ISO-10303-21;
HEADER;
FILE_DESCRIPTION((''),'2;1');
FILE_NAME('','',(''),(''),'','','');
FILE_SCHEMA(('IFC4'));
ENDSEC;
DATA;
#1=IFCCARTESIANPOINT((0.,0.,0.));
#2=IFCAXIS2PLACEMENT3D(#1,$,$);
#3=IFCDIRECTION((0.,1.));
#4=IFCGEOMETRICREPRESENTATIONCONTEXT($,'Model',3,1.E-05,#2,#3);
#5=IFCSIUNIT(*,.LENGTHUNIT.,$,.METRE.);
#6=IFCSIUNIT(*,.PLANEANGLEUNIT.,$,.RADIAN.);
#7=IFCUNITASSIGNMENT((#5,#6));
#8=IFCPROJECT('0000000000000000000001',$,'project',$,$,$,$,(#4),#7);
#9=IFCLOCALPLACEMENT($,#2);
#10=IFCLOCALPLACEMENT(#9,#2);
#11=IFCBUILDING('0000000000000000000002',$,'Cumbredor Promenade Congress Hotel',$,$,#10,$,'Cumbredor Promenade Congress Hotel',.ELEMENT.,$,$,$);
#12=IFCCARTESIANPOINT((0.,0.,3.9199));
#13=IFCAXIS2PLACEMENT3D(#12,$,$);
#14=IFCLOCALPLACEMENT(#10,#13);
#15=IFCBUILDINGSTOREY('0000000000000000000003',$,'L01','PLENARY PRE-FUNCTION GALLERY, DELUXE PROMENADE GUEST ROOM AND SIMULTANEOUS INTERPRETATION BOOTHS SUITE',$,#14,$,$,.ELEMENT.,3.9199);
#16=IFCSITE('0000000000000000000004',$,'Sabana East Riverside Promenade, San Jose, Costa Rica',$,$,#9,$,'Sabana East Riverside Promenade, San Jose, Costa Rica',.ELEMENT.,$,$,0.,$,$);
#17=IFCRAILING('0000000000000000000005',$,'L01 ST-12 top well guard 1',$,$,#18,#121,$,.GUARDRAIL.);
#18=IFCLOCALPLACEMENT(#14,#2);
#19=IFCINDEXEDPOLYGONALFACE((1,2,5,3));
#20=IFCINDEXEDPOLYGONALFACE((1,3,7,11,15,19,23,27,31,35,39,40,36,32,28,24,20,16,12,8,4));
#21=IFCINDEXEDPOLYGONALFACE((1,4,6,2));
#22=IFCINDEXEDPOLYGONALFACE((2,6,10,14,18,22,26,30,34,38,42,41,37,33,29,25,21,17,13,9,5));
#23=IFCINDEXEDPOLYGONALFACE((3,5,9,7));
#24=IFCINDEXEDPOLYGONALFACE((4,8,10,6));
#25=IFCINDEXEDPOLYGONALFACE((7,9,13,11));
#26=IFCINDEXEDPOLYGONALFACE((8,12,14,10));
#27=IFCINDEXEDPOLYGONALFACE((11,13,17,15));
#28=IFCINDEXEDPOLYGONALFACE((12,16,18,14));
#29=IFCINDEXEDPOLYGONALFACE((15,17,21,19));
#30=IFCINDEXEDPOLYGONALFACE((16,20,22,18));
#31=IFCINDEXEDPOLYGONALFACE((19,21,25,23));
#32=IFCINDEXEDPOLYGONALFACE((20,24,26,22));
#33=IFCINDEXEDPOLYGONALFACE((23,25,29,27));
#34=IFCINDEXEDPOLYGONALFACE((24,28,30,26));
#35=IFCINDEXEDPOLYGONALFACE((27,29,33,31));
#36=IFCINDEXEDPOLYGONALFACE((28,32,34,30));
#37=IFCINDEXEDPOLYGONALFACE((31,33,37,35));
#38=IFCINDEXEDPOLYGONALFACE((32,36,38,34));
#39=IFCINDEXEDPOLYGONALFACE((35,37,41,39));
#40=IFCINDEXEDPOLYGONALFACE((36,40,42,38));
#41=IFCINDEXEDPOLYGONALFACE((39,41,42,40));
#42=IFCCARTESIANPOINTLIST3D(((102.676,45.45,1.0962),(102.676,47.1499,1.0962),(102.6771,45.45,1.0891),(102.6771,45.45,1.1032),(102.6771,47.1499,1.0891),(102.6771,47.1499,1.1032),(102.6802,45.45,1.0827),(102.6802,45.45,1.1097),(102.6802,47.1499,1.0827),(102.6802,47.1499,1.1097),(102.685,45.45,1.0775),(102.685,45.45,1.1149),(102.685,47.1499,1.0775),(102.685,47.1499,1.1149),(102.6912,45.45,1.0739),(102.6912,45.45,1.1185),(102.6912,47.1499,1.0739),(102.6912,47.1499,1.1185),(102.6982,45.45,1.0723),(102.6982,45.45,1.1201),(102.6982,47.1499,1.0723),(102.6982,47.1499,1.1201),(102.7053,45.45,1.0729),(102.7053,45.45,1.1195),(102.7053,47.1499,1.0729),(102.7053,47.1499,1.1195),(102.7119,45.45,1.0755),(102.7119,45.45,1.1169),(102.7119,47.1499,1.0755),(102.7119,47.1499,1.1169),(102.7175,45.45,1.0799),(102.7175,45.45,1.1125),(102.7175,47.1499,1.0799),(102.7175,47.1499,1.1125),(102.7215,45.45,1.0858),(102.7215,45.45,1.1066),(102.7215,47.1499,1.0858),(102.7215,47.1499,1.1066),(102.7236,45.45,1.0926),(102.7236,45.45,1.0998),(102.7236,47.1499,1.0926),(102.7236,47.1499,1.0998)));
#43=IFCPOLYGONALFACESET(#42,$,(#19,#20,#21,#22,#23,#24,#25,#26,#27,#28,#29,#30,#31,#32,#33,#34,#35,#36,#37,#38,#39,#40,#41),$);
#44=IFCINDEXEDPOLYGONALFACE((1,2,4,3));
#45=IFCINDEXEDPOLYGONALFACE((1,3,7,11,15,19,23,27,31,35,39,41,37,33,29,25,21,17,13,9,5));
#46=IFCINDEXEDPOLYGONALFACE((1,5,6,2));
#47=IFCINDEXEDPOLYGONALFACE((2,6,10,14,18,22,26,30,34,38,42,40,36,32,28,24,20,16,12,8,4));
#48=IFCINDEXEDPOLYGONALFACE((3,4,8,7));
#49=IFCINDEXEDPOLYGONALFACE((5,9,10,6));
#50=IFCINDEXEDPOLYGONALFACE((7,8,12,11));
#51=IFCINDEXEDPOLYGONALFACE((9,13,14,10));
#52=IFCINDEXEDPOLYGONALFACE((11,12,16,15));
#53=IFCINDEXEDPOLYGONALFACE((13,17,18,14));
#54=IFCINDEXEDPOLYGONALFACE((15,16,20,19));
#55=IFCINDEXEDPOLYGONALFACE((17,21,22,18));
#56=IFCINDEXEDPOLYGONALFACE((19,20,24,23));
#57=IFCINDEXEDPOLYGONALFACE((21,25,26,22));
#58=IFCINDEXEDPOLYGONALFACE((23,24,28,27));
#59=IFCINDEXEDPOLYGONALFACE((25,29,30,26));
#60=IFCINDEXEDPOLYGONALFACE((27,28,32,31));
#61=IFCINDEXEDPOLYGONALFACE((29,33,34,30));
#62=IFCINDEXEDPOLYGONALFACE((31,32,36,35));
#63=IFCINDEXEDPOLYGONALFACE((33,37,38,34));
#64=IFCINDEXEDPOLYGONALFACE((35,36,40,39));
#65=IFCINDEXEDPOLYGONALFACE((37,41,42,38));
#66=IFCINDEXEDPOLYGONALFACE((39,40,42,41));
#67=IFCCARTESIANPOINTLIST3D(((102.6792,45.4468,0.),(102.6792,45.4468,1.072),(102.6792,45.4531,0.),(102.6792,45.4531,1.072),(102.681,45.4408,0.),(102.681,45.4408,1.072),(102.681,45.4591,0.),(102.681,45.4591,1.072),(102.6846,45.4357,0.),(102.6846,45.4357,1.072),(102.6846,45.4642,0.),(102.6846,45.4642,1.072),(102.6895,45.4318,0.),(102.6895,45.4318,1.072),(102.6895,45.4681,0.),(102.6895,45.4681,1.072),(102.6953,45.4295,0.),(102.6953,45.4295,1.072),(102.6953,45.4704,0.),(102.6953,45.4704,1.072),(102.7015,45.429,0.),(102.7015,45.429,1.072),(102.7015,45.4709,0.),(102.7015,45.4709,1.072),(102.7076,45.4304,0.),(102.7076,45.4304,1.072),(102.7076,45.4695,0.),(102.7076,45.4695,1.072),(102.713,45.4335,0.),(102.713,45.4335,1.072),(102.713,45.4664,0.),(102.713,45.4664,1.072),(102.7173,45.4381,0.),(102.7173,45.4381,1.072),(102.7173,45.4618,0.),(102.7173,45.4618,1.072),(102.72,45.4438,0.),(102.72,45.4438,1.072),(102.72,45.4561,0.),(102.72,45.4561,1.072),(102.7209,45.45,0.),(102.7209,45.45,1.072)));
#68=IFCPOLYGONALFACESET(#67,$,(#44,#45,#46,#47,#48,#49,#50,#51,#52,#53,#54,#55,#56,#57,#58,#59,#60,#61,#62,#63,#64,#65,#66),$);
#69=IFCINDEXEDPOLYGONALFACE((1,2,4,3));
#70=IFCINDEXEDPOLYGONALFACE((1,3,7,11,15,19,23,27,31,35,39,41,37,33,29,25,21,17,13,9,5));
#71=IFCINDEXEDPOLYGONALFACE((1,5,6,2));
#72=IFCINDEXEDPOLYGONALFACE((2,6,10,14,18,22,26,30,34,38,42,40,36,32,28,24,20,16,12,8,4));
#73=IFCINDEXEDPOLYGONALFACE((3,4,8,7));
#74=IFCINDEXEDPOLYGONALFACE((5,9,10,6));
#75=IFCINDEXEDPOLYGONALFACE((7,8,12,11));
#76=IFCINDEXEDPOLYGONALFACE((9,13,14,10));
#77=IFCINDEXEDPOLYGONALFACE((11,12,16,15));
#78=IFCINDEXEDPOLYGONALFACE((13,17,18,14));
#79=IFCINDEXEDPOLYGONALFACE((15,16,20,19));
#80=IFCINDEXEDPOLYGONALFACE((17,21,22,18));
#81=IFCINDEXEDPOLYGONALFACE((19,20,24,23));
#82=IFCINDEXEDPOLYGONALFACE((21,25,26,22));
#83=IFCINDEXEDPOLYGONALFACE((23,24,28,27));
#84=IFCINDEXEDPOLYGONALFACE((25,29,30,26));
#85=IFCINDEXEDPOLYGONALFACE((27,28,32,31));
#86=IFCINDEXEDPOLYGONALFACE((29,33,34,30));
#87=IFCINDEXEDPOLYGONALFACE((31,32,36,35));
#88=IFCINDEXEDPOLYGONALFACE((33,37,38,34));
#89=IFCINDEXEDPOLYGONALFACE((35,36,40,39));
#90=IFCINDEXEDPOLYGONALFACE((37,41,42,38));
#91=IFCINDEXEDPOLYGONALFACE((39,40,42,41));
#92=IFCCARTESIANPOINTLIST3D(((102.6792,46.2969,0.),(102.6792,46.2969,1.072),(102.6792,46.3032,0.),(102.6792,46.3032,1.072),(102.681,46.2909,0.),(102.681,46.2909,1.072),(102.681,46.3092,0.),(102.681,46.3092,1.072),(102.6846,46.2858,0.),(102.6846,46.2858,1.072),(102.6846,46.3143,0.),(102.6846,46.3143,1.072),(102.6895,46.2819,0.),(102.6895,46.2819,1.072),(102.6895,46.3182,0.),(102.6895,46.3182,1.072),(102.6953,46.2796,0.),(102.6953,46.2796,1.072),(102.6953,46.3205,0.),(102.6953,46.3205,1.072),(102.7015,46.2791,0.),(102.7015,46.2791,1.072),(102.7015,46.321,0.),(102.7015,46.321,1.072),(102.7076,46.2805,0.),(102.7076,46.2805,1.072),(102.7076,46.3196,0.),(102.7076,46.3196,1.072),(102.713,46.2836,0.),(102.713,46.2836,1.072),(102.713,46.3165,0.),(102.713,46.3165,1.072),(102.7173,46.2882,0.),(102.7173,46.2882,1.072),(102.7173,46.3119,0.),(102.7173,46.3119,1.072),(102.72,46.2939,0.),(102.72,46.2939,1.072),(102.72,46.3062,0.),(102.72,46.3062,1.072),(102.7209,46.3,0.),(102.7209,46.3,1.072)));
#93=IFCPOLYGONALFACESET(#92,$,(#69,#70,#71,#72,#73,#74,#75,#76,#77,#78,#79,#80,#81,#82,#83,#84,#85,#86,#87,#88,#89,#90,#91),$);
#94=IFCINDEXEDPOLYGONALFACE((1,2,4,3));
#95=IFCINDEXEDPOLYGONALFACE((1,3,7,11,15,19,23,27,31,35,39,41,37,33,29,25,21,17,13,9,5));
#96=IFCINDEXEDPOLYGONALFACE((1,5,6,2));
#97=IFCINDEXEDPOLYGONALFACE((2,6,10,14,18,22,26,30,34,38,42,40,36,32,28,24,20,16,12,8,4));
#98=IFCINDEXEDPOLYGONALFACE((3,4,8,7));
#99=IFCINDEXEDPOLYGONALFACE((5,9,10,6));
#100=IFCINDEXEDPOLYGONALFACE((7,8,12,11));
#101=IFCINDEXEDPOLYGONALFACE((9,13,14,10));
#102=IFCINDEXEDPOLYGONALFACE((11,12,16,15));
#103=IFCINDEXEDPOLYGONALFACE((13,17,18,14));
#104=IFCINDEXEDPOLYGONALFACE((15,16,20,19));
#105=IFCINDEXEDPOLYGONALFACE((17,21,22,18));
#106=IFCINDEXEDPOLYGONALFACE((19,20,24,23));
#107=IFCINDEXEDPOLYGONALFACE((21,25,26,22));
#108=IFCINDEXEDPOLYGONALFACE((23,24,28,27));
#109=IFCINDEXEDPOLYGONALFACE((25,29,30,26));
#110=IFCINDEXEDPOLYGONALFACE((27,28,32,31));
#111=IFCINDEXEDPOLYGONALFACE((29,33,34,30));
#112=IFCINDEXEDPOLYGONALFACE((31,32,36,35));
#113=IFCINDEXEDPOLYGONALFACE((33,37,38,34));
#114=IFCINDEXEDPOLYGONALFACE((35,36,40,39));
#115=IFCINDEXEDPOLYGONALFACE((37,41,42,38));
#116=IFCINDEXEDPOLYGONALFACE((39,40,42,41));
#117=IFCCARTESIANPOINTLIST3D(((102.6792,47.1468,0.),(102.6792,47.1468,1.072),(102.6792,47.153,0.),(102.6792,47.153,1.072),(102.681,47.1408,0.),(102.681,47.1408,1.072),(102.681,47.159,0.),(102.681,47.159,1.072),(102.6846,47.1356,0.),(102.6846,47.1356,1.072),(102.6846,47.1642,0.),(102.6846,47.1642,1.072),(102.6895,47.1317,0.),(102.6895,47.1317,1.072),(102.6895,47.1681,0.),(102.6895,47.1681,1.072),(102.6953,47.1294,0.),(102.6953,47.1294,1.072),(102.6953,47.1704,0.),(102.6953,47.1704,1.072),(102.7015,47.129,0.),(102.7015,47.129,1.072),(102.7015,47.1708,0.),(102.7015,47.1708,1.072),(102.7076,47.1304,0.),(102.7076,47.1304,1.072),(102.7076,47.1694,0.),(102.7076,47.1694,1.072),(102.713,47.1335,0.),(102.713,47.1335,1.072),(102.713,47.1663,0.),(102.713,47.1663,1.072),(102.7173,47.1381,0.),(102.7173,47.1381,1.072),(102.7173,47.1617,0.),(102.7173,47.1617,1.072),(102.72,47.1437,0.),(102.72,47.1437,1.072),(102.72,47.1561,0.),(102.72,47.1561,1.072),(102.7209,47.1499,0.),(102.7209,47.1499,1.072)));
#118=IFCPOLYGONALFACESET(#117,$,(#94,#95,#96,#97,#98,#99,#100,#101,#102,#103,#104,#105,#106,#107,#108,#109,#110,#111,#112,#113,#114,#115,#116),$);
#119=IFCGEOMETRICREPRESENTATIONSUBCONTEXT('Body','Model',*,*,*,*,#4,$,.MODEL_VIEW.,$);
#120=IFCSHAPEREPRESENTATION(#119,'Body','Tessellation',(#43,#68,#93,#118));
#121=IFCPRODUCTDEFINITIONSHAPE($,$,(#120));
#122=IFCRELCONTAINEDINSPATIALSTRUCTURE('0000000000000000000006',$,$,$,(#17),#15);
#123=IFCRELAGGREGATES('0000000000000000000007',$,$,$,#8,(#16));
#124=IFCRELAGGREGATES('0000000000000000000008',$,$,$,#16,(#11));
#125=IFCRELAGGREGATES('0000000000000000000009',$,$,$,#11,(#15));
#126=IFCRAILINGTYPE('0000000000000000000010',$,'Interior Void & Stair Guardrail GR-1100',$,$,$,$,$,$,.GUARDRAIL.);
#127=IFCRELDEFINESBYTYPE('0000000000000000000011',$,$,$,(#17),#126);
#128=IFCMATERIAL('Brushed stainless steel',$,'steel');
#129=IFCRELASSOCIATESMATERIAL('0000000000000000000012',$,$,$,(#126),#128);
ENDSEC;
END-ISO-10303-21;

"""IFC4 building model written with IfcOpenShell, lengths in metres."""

from ifc_helpers import new_model, si_unit, direction, frame, origin, origin_2d, place, context, subcontext, project, spatial, circle, extrude, material, type_object, element, save


model = new_model("IFC4")

# Units and contexts
model_context = context("Model", 3, precision=1e-05, world=origin(), true_north=direction((0.0, 1.0)))
body_context = subcontext(model_context, "Body", "Model", "MODEL_VIEW")
ifc_project = project(units=[si_unit("LENGTHUNIT", "METRE"), si_unit("PLANEANGLEUNIT", "RADIAN")], contexts=[model_context])

# Site, building, storey
site_placement = place(None, origin())
site = spatial("IfcSite", under=ifc_project, at=site_placement, Name="Sabana East Riverside Promenade, San Jose, Costa Rica", LongName="Sabana East Riverside Promenade, San Jose, Costa Rica", CompositionType="ELEMENT", RefElevation=0.0)
building_placement = place(site_placement, origin())
building = spatial("IfcBuilding", under=site, at=building_placement, Name="Cumbredor Promenade Congress Hotel", LongName="Cumbredor Promenade Congress Hotel", CompositionType="ELEMENT")
storey_placement = place(building_placement, frame((0.0, 0.0, 3.9199)))
storey = spatial("IfcBuildingStorey", under=building, at=storey_placement, Name="L01", Description="PLENARY PRE-FUNCTION GALLERY, DELUXE PROMENADE GUEST ROOM AND SIMULTANEOUS INTERPRETATION BOOTHS SUITE", CompositionType="ELEMENT", Elevation=3.9199)

# Railing
ifc_material_1 = material(Name="Brushed stainless steel", Category="steel")
railing_type_1 = type_object("IfcRailingType", Name="Interior Void & Stair Guardrail GR-1100", PredefinedType="GUARDRAIL", material=ifc_material_1)
railing_1_placement = place(storey_placement, frame((102.7, 45.45, 0.0)))
element("IfcRailing", 1, at=railing_1_placement, inside=storey, type_object=railing_type_1, Name="L01 ST-12 top well guard 1", PredefinedType="GUARDRAIL", context=body_context, shape_type="SweptSolid", body=[
    extrude(circle(Radius=0.0239, at=origin_2d()), frame((0.0, 0.0, 1.0962), z_axis=(0.0, 1.0, 0.0), x_axis=(-1.0, 0.0, 0.0)), (0.0, 0.0, 1.0), 1.7),
    extrude(circle(Radius=0.021, at=origin_2d()), origin(), (0.0, 0.0, 1.0), 1.072),
    extrude(circle(Radius=0.021, at=origin_2d()), frame((0.0, 0.8501, 0.0)), (0.0, 0.0, 1.0), 1.072),
    extrude(circle(Radius=0.021, at=origin_2d()), frame((0.0, 1.7, 0.0)), (0.0, 0.0, 1.0), 1.072),
])

save(model, "model.ifc")
